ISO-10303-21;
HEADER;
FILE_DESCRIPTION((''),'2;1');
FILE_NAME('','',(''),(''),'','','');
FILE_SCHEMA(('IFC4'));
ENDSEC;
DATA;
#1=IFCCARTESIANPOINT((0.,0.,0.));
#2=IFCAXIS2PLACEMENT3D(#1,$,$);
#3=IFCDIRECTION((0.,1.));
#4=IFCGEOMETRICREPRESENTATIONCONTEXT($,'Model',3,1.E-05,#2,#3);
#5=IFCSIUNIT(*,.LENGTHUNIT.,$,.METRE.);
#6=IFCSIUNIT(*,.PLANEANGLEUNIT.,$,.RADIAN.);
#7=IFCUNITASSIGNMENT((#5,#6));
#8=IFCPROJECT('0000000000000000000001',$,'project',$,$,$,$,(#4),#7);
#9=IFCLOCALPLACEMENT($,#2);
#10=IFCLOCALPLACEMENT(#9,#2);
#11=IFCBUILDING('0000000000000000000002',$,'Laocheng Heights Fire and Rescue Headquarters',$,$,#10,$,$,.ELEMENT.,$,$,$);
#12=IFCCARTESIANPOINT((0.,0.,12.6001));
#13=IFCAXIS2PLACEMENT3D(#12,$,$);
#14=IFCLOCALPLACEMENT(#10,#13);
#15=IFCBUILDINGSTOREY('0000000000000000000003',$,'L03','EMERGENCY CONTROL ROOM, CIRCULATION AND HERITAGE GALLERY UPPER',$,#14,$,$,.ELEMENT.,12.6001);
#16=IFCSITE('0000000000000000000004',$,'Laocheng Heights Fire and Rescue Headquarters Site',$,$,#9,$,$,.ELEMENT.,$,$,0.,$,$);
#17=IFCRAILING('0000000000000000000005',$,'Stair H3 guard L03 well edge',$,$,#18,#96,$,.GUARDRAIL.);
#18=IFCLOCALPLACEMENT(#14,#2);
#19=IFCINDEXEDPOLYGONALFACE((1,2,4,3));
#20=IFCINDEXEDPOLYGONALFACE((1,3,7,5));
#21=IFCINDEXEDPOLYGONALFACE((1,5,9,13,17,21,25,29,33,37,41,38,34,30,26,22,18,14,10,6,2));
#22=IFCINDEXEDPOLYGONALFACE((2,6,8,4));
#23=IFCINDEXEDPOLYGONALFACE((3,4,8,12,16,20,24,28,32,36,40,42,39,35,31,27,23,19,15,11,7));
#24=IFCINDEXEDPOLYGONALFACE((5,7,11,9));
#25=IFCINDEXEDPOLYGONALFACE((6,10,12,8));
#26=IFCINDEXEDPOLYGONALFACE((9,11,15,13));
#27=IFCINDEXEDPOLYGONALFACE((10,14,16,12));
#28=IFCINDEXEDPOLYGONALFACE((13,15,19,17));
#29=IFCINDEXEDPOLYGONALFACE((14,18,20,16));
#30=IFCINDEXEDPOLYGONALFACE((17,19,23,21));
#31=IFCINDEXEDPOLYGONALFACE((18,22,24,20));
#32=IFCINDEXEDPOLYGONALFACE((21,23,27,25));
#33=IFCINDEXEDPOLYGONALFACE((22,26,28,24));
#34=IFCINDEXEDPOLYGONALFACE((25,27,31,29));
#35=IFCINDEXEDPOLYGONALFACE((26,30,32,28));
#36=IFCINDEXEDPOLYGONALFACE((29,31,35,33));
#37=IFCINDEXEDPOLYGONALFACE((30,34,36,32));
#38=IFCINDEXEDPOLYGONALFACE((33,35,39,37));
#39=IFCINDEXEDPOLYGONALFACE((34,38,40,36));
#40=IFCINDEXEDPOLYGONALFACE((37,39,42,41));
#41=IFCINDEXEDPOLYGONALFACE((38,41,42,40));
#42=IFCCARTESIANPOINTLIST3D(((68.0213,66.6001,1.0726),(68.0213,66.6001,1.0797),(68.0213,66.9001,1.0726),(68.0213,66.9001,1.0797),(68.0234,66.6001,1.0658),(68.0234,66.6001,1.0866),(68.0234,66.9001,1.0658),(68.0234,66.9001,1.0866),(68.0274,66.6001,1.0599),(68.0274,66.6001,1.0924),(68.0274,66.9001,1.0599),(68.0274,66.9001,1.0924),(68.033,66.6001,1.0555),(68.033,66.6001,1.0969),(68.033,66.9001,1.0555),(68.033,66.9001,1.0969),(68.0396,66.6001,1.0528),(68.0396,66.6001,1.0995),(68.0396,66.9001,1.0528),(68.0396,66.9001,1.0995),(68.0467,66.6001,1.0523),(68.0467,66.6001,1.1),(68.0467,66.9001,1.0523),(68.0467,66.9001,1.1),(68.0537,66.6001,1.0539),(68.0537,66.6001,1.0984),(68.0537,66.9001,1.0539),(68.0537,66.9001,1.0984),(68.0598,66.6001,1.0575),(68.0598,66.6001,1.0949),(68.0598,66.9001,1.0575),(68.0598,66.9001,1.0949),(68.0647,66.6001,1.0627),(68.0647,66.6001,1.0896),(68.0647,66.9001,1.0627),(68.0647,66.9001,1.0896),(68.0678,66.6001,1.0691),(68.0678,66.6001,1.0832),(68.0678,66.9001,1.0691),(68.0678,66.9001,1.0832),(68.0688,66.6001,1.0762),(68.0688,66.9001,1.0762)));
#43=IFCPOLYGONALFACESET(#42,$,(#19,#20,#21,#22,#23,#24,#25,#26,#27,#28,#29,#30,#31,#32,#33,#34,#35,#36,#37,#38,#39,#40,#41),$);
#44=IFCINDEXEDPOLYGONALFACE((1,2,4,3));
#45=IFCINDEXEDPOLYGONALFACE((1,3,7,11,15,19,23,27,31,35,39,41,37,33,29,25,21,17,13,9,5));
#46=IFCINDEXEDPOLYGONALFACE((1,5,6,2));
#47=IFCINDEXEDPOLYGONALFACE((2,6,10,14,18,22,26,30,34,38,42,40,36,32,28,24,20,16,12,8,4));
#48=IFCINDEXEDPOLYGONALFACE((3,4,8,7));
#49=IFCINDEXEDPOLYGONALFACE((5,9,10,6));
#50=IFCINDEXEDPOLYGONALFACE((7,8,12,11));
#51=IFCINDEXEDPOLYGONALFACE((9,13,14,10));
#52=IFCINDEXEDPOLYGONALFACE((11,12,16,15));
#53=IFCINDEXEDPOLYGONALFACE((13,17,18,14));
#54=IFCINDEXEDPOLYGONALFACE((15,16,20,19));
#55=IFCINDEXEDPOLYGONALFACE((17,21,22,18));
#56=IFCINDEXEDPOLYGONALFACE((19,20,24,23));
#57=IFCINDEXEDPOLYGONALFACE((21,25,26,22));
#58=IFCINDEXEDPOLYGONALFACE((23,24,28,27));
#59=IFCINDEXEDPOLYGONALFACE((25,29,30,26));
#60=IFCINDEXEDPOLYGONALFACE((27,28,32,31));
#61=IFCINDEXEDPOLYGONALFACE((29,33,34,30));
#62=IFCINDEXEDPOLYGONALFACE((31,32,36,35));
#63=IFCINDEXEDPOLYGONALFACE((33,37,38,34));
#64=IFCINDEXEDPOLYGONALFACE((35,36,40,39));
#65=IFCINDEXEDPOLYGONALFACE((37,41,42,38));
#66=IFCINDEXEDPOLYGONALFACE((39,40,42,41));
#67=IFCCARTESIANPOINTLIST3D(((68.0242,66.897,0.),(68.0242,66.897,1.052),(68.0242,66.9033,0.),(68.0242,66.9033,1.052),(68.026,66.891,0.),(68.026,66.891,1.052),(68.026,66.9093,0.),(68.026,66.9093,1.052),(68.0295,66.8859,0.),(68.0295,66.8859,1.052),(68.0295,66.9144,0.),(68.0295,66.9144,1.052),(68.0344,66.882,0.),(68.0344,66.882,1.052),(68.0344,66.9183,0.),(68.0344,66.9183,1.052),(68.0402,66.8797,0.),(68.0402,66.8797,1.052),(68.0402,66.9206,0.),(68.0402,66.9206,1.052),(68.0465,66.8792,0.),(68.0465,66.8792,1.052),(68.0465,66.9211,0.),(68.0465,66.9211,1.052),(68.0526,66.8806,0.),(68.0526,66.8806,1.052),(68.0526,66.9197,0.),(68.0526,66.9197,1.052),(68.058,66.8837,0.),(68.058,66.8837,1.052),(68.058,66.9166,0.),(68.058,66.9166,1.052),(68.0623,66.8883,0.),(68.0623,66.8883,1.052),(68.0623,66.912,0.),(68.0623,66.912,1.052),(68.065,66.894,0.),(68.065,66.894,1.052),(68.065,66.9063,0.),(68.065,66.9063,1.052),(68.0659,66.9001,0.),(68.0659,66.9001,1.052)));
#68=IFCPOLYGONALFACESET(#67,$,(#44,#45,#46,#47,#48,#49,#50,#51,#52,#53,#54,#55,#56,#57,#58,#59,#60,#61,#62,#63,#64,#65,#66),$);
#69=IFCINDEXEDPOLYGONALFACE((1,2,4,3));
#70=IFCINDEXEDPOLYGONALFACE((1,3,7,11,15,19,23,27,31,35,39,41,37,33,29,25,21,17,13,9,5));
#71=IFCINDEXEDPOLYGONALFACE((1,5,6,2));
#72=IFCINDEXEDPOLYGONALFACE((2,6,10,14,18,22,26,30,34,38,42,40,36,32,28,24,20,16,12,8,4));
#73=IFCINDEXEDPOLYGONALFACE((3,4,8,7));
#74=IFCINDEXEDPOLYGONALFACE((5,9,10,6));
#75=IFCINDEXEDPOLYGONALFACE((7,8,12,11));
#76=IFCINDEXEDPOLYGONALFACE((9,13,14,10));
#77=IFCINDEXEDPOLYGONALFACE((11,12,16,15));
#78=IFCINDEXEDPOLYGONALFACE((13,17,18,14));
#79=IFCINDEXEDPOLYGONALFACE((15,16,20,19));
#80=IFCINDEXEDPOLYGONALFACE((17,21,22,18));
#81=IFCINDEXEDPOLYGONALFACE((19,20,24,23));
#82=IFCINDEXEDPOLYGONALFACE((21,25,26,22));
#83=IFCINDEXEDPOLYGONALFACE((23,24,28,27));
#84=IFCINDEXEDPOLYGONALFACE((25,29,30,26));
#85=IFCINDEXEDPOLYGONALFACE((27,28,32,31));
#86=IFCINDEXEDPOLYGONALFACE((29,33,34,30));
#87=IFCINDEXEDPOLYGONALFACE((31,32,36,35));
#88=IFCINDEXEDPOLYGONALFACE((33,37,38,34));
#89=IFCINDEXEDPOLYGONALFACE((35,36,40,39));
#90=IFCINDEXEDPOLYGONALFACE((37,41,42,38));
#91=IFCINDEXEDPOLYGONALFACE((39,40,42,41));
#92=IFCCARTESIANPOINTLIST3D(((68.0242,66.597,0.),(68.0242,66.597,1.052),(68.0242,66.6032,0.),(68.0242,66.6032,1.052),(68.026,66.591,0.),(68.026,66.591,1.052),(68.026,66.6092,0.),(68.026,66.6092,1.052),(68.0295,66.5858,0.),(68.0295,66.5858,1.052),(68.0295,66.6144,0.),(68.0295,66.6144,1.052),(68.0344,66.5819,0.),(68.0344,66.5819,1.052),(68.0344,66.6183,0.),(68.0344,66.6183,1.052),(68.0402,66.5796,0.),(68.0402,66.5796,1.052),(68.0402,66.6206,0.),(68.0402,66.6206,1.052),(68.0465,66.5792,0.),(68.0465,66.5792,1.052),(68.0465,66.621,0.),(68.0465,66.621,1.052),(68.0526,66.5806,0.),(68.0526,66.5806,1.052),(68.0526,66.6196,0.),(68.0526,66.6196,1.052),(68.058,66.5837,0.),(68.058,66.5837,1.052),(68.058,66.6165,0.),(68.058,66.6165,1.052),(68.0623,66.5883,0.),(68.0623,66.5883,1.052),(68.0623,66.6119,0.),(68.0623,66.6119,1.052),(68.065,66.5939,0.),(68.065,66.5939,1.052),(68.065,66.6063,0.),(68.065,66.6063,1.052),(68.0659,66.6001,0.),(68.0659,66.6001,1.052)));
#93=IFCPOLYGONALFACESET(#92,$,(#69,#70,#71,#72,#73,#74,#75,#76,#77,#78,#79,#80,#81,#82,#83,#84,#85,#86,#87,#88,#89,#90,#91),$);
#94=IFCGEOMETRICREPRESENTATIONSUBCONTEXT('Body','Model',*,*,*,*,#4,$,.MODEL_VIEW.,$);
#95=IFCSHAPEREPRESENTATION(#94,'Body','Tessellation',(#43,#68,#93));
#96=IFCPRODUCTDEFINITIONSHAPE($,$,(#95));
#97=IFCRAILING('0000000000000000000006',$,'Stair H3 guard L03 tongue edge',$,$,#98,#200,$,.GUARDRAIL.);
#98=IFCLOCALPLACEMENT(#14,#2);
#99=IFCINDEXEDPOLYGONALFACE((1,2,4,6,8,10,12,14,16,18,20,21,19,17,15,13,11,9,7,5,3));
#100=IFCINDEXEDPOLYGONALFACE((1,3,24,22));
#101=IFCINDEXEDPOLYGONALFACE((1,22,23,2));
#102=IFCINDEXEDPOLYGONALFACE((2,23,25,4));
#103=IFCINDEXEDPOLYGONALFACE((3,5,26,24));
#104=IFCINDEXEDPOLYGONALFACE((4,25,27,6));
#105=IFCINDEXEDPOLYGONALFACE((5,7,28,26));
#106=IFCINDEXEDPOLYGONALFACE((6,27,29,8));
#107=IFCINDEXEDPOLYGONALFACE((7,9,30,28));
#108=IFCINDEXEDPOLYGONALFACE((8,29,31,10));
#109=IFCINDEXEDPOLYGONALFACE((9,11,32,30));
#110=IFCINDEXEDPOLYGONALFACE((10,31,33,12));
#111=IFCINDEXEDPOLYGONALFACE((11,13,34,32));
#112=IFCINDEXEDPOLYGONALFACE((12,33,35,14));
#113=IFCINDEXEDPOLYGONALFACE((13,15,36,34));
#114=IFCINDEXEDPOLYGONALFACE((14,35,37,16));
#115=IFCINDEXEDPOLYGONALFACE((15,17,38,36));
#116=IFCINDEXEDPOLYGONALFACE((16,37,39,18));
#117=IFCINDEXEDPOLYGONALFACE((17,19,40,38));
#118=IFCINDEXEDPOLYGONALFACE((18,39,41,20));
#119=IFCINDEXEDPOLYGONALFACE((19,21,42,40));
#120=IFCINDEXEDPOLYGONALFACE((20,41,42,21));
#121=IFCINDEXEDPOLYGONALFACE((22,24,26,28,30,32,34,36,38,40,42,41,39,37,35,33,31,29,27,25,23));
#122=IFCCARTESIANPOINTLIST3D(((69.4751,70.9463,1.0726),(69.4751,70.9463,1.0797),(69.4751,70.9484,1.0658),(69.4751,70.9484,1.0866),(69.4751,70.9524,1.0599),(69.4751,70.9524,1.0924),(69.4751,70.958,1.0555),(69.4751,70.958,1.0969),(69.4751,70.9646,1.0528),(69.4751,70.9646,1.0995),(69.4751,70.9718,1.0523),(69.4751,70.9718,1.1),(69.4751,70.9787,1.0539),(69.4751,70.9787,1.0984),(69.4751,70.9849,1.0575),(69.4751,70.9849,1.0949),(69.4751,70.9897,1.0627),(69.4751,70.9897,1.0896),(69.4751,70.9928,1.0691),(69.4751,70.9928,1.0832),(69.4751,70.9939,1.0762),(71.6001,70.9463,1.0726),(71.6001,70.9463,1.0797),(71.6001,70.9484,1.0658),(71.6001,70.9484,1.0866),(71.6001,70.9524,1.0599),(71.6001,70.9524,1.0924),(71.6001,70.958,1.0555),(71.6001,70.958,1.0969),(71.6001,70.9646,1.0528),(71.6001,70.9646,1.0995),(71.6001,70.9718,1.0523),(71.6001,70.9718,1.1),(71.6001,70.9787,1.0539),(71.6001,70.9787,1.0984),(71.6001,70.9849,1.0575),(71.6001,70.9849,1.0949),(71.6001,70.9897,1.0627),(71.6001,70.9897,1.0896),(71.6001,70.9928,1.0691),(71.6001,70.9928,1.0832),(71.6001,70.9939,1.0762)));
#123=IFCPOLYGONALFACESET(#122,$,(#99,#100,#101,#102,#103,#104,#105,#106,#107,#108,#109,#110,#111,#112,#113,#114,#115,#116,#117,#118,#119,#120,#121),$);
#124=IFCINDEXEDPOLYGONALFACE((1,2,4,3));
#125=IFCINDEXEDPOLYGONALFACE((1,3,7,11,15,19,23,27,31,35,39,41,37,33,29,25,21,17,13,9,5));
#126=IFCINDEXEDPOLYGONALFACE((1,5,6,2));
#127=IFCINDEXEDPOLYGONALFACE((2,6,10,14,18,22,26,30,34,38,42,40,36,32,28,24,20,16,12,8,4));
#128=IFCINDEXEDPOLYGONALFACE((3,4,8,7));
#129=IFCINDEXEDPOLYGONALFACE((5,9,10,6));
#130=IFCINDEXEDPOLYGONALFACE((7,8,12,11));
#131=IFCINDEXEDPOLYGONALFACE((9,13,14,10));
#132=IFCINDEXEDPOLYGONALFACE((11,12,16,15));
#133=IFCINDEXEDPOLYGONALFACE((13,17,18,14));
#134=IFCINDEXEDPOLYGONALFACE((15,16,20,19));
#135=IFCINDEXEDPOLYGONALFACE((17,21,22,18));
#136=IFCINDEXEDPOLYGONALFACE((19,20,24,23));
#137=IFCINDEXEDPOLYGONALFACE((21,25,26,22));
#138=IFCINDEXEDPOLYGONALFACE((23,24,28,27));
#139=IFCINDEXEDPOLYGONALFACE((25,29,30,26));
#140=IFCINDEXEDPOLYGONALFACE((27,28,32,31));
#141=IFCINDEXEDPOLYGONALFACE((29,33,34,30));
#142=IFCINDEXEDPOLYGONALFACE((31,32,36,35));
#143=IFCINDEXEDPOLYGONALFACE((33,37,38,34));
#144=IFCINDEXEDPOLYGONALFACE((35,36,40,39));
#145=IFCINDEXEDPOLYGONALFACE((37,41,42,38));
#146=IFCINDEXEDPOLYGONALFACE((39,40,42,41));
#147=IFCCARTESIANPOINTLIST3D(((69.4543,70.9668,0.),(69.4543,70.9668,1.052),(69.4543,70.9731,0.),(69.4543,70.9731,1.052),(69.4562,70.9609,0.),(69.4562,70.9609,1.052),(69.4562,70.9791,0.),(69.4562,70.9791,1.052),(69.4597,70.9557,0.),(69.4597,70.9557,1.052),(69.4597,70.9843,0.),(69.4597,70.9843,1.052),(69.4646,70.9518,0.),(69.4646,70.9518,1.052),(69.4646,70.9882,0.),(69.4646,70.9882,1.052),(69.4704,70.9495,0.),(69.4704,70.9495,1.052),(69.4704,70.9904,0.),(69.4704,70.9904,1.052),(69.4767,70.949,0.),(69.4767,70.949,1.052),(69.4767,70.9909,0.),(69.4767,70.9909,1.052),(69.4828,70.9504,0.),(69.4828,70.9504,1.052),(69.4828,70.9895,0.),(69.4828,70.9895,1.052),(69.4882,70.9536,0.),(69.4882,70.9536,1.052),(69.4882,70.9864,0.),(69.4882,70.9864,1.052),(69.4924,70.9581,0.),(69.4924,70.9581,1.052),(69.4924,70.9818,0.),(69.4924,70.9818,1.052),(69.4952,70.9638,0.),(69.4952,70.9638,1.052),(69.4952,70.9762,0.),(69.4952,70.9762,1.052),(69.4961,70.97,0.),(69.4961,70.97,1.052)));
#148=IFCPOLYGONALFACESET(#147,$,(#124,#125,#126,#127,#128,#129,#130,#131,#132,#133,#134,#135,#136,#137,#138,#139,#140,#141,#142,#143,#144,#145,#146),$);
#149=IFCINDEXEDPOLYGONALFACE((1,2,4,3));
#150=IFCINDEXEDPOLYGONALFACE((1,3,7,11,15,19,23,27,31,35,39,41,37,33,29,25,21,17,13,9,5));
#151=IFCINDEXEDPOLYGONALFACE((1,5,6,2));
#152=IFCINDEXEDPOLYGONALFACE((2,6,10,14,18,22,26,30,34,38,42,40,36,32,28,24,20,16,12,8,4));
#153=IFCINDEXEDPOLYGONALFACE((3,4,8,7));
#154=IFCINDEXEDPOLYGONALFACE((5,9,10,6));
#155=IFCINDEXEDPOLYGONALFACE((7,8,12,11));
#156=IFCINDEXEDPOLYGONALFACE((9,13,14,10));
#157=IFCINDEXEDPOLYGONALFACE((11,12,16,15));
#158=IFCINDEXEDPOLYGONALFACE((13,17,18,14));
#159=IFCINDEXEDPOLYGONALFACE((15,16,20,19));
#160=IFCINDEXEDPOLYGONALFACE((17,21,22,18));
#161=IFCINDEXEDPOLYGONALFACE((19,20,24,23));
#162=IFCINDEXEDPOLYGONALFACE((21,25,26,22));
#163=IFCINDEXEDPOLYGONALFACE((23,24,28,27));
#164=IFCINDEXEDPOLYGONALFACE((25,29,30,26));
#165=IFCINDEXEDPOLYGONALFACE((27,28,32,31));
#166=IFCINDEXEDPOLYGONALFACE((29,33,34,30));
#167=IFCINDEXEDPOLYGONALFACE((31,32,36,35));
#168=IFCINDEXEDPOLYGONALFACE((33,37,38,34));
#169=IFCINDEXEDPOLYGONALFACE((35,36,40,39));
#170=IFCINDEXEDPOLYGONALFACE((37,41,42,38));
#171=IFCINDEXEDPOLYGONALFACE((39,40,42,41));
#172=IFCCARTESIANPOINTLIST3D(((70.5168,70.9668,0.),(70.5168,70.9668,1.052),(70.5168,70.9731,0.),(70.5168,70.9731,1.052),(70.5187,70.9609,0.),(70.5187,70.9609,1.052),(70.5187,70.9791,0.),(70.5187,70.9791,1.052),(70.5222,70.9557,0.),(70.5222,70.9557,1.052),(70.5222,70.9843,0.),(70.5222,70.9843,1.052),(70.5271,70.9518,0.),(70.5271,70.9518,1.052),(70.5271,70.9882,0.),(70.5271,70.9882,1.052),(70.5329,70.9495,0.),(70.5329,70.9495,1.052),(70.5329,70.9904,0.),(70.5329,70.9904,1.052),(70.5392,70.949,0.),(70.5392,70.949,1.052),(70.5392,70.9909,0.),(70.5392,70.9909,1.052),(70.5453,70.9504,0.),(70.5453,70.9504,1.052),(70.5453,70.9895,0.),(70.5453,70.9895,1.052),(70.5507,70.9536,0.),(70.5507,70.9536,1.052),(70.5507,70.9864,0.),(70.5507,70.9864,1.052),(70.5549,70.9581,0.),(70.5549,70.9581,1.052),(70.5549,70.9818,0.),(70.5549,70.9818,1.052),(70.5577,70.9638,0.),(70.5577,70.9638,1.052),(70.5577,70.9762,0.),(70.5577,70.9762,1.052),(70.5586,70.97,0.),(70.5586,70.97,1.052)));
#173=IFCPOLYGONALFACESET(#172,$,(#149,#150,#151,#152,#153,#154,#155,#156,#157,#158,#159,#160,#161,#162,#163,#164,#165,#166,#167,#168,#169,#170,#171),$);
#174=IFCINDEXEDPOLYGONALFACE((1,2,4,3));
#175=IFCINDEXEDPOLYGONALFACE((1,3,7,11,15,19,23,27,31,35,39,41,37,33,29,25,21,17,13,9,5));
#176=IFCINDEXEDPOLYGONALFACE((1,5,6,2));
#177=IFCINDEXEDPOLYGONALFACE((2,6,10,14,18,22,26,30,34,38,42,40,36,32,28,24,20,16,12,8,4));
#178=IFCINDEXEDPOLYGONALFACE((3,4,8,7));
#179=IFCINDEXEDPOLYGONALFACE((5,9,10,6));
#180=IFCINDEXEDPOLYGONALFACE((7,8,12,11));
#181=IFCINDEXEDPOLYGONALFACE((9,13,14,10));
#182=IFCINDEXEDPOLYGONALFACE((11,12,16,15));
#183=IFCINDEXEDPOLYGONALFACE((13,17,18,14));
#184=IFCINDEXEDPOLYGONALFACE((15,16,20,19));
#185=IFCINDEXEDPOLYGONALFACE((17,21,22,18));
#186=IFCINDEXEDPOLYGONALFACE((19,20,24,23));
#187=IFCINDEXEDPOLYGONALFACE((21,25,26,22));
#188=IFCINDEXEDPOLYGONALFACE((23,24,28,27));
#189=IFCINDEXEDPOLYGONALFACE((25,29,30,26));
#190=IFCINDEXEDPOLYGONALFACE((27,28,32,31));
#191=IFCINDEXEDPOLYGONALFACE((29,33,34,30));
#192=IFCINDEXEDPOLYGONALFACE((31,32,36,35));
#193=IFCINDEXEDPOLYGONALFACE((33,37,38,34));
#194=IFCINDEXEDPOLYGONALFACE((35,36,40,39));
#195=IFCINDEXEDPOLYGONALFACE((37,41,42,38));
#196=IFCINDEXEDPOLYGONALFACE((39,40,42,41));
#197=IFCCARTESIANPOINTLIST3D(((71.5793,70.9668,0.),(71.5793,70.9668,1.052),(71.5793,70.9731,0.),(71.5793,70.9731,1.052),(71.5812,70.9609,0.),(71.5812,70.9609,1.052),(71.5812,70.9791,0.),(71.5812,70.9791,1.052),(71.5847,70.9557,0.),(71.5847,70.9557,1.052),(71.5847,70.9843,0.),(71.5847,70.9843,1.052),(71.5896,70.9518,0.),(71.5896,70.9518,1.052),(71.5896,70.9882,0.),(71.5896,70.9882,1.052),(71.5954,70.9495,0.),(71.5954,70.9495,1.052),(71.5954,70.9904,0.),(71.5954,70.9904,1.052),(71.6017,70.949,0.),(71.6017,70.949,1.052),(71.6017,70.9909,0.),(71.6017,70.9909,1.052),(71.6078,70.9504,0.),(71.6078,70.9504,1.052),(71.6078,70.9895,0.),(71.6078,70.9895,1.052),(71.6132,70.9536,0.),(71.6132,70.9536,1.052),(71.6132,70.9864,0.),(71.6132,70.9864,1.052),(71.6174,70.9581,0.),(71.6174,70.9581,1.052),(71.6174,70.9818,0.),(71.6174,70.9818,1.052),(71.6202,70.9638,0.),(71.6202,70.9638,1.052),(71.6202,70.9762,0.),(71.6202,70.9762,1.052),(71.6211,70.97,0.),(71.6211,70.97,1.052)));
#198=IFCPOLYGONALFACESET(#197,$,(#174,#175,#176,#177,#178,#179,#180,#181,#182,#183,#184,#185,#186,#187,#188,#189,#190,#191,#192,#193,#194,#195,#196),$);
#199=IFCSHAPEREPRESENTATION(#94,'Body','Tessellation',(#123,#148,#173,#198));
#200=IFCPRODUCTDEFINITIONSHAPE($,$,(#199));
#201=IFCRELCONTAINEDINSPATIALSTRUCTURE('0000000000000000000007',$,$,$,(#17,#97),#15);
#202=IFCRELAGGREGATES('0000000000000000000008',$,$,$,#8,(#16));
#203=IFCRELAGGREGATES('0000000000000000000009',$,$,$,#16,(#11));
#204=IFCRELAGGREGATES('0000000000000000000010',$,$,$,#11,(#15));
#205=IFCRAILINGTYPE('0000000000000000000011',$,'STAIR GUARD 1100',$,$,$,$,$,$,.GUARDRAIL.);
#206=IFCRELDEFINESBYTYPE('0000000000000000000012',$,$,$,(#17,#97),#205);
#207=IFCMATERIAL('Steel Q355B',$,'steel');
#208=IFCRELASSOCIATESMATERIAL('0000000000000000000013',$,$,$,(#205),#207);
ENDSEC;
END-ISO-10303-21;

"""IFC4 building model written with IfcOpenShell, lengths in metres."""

from ifc_helpers import new_model, si_unit, direction, frame, origin, origin_2d, place, context, subcontext, project, spatial, circle, extrude, material, type_object, element, save


model = new_model("IFC4")

# Units and contexts
model_context = context("Model", 3, precision=1e-05, world=origin(), true_north=direction((0.0, 1.0)))
body_context = subcontext(model_context, "Body", "Model", "MODEL_VIEW")
ifc_project = project(units=[si_unit("LENGTHUNIT", "METRE"), si_unit("PLANEANGLEUNIT", "RADIAN")], contexts=[model_context])

# Site, building, storey
site_placement = place(None, origin())
site = spatial("IfcSite", under=ifc_project, at=site_placement, Name="Laocheng Heights Fire and Rescue Headquarters Site", CompositionType="ELEMENT", RefElevation=0.0)
building_placement = place(site_placement, origin())
building = spatial("IfcBuilding", under=site, at=building_placement, Name="Laocheng Heights Fire and Rescue Headquarters", CompositionType="ELEMENT")
storey_placement = place(building_placement, frame((0.0, 0.0, 12.6001)))
storey = spatial("IfcBuildingStorey", under=building, at=storey_placement, Name="L03", Description="EMERGENCY CONTROL ROOM, CIRCULATION AND HERITAGE GALLERY UPPER", CompositionType="ELEMENT", Elevation=12.6001)

# Railings
ifc_material_1 = material(Name="Steel Q355B", Category="steel")
railing_type_1 = type_object("IfcRailingType", Name="STAIR GUARD 1100", PredefinedType="GUARDRAIL", material=ifc_material_1)
railing_1_placement = place(storey_placement, frame((68.0449, 66.9001, 0.0)))
element("IfcRailing", 1, at=railing_1_placement, inside=storey, type_object=railing_type_1, Name="Stair H3 guard L03 well edge", PredefinedType="GUARDRAIL", context=body_context, shape_type="SweptSolid", body=[
    extrude(circle(Radius=0.0239, at=origin_2d()), frame((0.0, 0.0, 1.0762), z_axis=(0.0, -1.0, 0.0), x_axis=(1.0, 0.0, 0.0)), (0.0, 0.0, 1.0), 0.3),
    extrude(circle(Radius=0.021, at=origin_2d()), origin(), (0.0, 0.0, 1.0), 1.052),
    extrude(circle(Radius=0.021, at=origin_2d()), frame((0.0, -0.3, 0.0)), (0.0, 0.0, 1.0), 1.052),
])
railing_2_placement = place(storey_placement, frame((69.4751, 70.97, 0.0)))
element("IfcRailing", 2, at=railing_2_placement, inside=storey, type_object=railing_type_1, Name="Stair H3 guard L03 tongue edge", PredefinedType="GUARDRAIL", context=body_context, shape_type="SweptSolid", body=[
    extrude(circle(Radius=0.0239, at=origin_2d()), frame((0.0, 0.0, 1.0762), z_axis=(1.0, 0.0, 0.0), x_axis=(0.0, 1.0, 0.0)), (0.0, 0.0, 1.0), 2.125),
    extrude(circle(Radius=0.021, at=origin_2d()), origin(), (0.0, 0.0, 1.0), 1.052),
    extrude(circle(Radius=0.021, at=origin_2d()), frame((1.0625, 0.0, 0.0)), (0.0, 0.0, 1.0), 1.052),
    extrude(circle(Radius=0.021, at=origin_2d()), frame((2.125, 0.0, 0.0)), (0.0, 0.0, 1.0), 1.052),
])

save(model, "model.ifc")
